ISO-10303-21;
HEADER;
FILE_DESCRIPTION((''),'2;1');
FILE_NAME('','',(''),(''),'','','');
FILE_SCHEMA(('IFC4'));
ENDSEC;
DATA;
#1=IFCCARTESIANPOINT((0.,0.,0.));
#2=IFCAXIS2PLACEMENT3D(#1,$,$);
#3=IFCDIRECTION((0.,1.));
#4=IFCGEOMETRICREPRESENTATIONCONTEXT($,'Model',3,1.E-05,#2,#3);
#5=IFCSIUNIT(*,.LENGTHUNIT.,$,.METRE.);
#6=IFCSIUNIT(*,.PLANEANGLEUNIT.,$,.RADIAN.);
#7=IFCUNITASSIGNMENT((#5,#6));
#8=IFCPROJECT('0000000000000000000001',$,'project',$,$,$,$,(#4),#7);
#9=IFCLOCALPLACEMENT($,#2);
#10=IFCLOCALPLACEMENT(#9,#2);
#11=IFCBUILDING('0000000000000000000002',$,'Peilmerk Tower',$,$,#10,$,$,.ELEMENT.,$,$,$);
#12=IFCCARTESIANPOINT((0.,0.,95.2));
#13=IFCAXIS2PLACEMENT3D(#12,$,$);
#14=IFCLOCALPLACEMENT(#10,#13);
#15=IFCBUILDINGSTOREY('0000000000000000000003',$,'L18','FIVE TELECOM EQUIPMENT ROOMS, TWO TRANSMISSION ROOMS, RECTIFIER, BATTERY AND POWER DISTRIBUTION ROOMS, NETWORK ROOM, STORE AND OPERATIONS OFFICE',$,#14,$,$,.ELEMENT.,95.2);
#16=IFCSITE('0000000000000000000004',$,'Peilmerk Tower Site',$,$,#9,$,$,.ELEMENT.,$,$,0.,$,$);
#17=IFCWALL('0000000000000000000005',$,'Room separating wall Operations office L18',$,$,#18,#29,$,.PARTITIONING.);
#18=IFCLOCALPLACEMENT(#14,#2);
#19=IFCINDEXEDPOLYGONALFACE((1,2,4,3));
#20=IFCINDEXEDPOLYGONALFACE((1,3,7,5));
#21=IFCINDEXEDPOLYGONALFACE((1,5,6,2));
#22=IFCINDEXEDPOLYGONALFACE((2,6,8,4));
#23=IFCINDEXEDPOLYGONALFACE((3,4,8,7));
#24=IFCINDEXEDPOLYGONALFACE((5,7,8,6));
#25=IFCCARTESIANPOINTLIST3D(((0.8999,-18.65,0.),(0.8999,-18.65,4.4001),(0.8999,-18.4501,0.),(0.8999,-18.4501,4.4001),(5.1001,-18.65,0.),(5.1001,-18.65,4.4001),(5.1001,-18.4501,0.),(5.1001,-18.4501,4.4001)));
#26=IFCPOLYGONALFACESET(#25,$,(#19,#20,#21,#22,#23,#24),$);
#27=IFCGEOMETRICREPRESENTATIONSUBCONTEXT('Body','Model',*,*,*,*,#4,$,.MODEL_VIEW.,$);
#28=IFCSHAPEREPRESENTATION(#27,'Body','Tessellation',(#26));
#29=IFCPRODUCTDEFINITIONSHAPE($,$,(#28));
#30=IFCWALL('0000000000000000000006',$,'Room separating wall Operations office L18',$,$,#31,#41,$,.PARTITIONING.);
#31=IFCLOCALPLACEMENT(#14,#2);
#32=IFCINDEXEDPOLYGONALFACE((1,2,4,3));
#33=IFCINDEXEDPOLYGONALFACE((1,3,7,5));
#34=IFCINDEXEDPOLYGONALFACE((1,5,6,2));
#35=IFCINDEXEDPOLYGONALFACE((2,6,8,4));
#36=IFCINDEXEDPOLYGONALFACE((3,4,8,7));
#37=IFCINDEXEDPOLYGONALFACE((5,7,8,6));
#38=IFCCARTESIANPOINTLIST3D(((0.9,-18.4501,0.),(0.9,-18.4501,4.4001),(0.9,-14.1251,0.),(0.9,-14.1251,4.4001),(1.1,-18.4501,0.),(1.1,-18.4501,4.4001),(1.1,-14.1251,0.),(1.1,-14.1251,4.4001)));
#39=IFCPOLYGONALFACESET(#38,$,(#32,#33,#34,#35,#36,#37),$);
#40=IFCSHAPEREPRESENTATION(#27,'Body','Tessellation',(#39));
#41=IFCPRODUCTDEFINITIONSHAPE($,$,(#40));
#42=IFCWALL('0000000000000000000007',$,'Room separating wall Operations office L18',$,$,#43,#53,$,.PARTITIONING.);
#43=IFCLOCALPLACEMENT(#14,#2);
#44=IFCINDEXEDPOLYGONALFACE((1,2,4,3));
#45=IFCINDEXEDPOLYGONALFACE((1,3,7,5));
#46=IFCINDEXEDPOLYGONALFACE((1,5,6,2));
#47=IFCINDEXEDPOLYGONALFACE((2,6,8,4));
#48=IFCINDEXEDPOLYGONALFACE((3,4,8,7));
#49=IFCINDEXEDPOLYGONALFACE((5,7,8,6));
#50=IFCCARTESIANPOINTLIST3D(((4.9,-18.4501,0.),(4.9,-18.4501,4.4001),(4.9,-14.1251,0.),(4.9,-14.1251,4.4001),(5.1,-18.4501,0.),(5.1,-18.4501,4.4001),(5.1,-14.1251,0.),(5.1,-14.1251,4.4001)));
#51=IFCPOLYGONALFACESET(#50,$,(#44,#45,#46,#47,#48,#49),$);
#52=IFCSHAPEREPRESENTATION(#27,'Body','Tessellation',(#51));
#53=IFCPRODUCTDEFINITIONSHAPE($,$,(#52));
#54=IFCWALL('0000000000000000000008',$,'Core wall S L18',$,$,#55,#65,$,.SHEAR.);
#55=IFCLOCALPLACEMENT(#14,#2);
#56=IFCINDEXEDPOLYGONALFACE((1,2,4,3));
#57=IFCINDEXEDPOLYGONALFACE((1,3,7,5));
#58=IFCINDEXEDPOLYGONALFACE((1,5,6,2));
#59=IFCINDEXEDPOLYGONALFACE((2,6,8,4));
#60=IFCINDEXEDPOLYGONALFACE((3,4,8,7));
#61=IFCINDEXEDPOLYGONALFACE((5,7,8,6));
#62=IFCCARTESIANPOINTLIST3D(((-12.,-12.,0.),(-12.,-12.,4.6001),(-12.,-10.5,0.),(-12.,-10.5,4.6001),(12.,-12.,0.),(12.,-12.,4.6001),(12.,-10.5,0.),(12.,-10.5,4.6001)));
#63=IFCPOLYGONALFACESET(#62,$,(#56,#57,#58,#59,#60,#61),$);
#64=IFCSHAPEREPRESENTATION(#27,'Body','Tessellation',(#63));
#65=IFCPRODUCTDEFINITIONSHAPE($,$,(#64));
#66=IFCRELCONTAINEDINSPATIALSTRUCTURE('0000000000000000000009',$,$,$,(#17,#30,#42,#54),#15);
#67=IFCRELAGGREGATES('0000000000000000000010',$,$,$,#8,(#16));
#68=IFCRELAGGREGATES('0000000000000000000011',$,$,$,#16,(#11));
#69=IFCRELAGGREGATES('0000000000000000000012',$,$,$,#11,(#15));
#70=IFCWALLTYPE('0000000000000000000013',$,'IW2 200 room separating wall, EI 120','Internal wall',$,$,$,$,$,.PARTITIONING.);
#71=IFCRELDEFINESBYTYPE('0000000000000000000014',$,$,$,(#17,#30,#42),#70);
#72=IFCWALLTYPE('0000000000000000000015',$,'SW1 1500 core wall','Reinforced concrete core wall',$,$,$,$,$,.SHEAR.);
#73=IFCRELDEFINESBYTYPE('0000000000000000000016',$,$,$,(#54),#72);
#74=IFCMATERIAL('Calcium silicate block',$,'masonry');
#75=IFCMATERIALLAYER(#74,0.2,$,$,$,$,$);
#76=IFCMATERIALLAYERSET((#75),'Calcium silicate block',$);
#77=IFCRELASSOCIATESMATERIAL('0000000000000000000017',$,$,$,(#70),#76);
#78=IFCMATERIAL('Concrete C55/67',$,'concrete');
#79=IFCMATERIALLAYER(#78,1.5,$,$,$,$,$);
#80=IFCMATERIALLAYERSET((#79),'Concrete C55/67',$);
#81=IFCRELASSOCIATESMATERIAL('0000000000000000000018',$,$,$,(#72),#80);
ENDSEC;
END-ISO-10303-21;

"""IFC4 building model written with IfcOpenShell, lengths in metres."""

from ifc_helpers import new_model, si_unit, direction, frame, frame_2d, origin, place, context, subcontext, project, spatial, rectangle, extrude, material, layer, layer_set, type_object, element, save


model = new_model("IFC4")

# Units and contexts
model_context = context("Model", 3, precision=1e-05, world=origin(), true_north=direction((0.0, 1.0)))
body_context = subcontext(model_context, "Body", "Model", "MODEL_VIEW")
ifc_project = project(units=[si_unit("LENGTHUNIT", "METRE"), si_unit("PLANEANGLEUNIT", "RADIAN")], contexts=[model_context])

# Site, building, storey
site_placement = place(None, origin())
site = spatial("IfcSite", under=ifc_project, at=site_placement, Name="Peilmerk Tower Site", CompositionType="ELEMENT", RefElevation=0.0)
building_placement = place(site_placement, origin())
building = spatial("IfcBuilding", under=site, at=building_placement, Name="Peilmerk Tower", CompositionType="ELEMENT")
storey_placement = place(building_placement, frame((0.0, 0.0, 95.2)))
storey = spatial("IfcBuildingStorey", under=building, at=storey_placement, Name="L18", Description="FIVE TELECOM EQUIPMENT ROOMS, TWO TRANSMISSION ROOMS, RECTIFIER, BATTERY AND POWER DISTRIBUTION ROOMS, NETWORK ROOM, STORE AND OPERATIONS OFFICE", CompositionType="ELEMENT", Elevation=95.2)

# Walls
ifc_material_1 = material(Name="Calcium silicate block", Category="masonry")
ifc_layer_1 = layer(ifc_material_1, 0.2)
ifc_layer_set_1 = layer_set([ifc_layer_1], Name="Calcium silicate block")
wall_type_1 = type_object("IfcWallType", Name="IW2 200 room separating wall, EI 120", Description="Internal wall", PredefinedType="PARTITIONING", material=ifc_layer_set_1)
wall_1_placement = place(storey_placement, frame((0.8999, -18.55, 0.0), z_axis=(0.0, 0.0, 1.0), x_axis=(1.0, 0.0, 0.0)))
element("IfcWall", 1, at=wall_1_placement, inside=storey, type_object=wall_type_1, Name="Room separating wall Operations office L18", PredefinedType="PARTITIONING", context=body_context, shape_type="SweptSolid", body=[
    extrude(rectangle(XDim=4.2002, YDim=0.2, at=frame_2d((2.1001, 0.0))), origin(), (0.0, 0.0, 1.0), 4.4001),
])
for number, where, z_axis, x_axis, name in (
    (2, (1.0, -14.125, 0.0), (0.0, 0.0, 1.0), (0.0, -1.0, 0.0), "Room separating wall Operations office L18"),
    (3, (5.0, -14.125, 0.0), (0.0, 0.0, 1.0), (0.0, -1.0, 0.0), "Room separating wall Operations office L18"),
):
    element("IfcWall", number, at=place(storey_placement, frame(where, z_axis=z_axis, x_axis=x_axis)), inside=storey, type_object=wall_type_1, Name=name, PredefinedType="PARTITIONING", context=body_context, shape_type="SweptSolid", body=[
        extrude(rectangle(XDim=4.325, YDim=0.2, at=frame_2d((2.1626, 0.0))), origin(), (0.0, 0.0, 1.0), 4.4001),
    ])
ifc_material_2 = material(Name="Concrete C55/67", Category="concrete")
ifc_layer_2 = layer(ifc_material_2, 1.5)
ifc_layer_set_2 = layer_set([ifc_layer_2], Name="Concrete C55/67")
wall_type_2 = type_object("IfcWallType", Name="SW1 1500 core wall", Description="Reinforced concrete core wall", PredefinedType="SHEAR", material=ifc_layer_set_2)
wall_2_placement = place(storey_placement, frame((12.0, -11.25, 0.0), z_axis=(0.0, 0.0, 1.0), x_axis=(-1.0, 0.0, 0.0)))
element("IfcWall", 4, at=wall_2_placement, inside=storey, type_object=wall_type_2, Name="Core wall S L18", PredefinedType="SHEAR", context=body_context, shape_type="SweptSolid", body=[
    extrude(rectangle(XDim=24.0, YDim=1.5, at=frame_2d((12.0, 0.0))), origin(), (0.0, 0.0, 1.0), 4.6001),
])

save(model, "model.ifc")
